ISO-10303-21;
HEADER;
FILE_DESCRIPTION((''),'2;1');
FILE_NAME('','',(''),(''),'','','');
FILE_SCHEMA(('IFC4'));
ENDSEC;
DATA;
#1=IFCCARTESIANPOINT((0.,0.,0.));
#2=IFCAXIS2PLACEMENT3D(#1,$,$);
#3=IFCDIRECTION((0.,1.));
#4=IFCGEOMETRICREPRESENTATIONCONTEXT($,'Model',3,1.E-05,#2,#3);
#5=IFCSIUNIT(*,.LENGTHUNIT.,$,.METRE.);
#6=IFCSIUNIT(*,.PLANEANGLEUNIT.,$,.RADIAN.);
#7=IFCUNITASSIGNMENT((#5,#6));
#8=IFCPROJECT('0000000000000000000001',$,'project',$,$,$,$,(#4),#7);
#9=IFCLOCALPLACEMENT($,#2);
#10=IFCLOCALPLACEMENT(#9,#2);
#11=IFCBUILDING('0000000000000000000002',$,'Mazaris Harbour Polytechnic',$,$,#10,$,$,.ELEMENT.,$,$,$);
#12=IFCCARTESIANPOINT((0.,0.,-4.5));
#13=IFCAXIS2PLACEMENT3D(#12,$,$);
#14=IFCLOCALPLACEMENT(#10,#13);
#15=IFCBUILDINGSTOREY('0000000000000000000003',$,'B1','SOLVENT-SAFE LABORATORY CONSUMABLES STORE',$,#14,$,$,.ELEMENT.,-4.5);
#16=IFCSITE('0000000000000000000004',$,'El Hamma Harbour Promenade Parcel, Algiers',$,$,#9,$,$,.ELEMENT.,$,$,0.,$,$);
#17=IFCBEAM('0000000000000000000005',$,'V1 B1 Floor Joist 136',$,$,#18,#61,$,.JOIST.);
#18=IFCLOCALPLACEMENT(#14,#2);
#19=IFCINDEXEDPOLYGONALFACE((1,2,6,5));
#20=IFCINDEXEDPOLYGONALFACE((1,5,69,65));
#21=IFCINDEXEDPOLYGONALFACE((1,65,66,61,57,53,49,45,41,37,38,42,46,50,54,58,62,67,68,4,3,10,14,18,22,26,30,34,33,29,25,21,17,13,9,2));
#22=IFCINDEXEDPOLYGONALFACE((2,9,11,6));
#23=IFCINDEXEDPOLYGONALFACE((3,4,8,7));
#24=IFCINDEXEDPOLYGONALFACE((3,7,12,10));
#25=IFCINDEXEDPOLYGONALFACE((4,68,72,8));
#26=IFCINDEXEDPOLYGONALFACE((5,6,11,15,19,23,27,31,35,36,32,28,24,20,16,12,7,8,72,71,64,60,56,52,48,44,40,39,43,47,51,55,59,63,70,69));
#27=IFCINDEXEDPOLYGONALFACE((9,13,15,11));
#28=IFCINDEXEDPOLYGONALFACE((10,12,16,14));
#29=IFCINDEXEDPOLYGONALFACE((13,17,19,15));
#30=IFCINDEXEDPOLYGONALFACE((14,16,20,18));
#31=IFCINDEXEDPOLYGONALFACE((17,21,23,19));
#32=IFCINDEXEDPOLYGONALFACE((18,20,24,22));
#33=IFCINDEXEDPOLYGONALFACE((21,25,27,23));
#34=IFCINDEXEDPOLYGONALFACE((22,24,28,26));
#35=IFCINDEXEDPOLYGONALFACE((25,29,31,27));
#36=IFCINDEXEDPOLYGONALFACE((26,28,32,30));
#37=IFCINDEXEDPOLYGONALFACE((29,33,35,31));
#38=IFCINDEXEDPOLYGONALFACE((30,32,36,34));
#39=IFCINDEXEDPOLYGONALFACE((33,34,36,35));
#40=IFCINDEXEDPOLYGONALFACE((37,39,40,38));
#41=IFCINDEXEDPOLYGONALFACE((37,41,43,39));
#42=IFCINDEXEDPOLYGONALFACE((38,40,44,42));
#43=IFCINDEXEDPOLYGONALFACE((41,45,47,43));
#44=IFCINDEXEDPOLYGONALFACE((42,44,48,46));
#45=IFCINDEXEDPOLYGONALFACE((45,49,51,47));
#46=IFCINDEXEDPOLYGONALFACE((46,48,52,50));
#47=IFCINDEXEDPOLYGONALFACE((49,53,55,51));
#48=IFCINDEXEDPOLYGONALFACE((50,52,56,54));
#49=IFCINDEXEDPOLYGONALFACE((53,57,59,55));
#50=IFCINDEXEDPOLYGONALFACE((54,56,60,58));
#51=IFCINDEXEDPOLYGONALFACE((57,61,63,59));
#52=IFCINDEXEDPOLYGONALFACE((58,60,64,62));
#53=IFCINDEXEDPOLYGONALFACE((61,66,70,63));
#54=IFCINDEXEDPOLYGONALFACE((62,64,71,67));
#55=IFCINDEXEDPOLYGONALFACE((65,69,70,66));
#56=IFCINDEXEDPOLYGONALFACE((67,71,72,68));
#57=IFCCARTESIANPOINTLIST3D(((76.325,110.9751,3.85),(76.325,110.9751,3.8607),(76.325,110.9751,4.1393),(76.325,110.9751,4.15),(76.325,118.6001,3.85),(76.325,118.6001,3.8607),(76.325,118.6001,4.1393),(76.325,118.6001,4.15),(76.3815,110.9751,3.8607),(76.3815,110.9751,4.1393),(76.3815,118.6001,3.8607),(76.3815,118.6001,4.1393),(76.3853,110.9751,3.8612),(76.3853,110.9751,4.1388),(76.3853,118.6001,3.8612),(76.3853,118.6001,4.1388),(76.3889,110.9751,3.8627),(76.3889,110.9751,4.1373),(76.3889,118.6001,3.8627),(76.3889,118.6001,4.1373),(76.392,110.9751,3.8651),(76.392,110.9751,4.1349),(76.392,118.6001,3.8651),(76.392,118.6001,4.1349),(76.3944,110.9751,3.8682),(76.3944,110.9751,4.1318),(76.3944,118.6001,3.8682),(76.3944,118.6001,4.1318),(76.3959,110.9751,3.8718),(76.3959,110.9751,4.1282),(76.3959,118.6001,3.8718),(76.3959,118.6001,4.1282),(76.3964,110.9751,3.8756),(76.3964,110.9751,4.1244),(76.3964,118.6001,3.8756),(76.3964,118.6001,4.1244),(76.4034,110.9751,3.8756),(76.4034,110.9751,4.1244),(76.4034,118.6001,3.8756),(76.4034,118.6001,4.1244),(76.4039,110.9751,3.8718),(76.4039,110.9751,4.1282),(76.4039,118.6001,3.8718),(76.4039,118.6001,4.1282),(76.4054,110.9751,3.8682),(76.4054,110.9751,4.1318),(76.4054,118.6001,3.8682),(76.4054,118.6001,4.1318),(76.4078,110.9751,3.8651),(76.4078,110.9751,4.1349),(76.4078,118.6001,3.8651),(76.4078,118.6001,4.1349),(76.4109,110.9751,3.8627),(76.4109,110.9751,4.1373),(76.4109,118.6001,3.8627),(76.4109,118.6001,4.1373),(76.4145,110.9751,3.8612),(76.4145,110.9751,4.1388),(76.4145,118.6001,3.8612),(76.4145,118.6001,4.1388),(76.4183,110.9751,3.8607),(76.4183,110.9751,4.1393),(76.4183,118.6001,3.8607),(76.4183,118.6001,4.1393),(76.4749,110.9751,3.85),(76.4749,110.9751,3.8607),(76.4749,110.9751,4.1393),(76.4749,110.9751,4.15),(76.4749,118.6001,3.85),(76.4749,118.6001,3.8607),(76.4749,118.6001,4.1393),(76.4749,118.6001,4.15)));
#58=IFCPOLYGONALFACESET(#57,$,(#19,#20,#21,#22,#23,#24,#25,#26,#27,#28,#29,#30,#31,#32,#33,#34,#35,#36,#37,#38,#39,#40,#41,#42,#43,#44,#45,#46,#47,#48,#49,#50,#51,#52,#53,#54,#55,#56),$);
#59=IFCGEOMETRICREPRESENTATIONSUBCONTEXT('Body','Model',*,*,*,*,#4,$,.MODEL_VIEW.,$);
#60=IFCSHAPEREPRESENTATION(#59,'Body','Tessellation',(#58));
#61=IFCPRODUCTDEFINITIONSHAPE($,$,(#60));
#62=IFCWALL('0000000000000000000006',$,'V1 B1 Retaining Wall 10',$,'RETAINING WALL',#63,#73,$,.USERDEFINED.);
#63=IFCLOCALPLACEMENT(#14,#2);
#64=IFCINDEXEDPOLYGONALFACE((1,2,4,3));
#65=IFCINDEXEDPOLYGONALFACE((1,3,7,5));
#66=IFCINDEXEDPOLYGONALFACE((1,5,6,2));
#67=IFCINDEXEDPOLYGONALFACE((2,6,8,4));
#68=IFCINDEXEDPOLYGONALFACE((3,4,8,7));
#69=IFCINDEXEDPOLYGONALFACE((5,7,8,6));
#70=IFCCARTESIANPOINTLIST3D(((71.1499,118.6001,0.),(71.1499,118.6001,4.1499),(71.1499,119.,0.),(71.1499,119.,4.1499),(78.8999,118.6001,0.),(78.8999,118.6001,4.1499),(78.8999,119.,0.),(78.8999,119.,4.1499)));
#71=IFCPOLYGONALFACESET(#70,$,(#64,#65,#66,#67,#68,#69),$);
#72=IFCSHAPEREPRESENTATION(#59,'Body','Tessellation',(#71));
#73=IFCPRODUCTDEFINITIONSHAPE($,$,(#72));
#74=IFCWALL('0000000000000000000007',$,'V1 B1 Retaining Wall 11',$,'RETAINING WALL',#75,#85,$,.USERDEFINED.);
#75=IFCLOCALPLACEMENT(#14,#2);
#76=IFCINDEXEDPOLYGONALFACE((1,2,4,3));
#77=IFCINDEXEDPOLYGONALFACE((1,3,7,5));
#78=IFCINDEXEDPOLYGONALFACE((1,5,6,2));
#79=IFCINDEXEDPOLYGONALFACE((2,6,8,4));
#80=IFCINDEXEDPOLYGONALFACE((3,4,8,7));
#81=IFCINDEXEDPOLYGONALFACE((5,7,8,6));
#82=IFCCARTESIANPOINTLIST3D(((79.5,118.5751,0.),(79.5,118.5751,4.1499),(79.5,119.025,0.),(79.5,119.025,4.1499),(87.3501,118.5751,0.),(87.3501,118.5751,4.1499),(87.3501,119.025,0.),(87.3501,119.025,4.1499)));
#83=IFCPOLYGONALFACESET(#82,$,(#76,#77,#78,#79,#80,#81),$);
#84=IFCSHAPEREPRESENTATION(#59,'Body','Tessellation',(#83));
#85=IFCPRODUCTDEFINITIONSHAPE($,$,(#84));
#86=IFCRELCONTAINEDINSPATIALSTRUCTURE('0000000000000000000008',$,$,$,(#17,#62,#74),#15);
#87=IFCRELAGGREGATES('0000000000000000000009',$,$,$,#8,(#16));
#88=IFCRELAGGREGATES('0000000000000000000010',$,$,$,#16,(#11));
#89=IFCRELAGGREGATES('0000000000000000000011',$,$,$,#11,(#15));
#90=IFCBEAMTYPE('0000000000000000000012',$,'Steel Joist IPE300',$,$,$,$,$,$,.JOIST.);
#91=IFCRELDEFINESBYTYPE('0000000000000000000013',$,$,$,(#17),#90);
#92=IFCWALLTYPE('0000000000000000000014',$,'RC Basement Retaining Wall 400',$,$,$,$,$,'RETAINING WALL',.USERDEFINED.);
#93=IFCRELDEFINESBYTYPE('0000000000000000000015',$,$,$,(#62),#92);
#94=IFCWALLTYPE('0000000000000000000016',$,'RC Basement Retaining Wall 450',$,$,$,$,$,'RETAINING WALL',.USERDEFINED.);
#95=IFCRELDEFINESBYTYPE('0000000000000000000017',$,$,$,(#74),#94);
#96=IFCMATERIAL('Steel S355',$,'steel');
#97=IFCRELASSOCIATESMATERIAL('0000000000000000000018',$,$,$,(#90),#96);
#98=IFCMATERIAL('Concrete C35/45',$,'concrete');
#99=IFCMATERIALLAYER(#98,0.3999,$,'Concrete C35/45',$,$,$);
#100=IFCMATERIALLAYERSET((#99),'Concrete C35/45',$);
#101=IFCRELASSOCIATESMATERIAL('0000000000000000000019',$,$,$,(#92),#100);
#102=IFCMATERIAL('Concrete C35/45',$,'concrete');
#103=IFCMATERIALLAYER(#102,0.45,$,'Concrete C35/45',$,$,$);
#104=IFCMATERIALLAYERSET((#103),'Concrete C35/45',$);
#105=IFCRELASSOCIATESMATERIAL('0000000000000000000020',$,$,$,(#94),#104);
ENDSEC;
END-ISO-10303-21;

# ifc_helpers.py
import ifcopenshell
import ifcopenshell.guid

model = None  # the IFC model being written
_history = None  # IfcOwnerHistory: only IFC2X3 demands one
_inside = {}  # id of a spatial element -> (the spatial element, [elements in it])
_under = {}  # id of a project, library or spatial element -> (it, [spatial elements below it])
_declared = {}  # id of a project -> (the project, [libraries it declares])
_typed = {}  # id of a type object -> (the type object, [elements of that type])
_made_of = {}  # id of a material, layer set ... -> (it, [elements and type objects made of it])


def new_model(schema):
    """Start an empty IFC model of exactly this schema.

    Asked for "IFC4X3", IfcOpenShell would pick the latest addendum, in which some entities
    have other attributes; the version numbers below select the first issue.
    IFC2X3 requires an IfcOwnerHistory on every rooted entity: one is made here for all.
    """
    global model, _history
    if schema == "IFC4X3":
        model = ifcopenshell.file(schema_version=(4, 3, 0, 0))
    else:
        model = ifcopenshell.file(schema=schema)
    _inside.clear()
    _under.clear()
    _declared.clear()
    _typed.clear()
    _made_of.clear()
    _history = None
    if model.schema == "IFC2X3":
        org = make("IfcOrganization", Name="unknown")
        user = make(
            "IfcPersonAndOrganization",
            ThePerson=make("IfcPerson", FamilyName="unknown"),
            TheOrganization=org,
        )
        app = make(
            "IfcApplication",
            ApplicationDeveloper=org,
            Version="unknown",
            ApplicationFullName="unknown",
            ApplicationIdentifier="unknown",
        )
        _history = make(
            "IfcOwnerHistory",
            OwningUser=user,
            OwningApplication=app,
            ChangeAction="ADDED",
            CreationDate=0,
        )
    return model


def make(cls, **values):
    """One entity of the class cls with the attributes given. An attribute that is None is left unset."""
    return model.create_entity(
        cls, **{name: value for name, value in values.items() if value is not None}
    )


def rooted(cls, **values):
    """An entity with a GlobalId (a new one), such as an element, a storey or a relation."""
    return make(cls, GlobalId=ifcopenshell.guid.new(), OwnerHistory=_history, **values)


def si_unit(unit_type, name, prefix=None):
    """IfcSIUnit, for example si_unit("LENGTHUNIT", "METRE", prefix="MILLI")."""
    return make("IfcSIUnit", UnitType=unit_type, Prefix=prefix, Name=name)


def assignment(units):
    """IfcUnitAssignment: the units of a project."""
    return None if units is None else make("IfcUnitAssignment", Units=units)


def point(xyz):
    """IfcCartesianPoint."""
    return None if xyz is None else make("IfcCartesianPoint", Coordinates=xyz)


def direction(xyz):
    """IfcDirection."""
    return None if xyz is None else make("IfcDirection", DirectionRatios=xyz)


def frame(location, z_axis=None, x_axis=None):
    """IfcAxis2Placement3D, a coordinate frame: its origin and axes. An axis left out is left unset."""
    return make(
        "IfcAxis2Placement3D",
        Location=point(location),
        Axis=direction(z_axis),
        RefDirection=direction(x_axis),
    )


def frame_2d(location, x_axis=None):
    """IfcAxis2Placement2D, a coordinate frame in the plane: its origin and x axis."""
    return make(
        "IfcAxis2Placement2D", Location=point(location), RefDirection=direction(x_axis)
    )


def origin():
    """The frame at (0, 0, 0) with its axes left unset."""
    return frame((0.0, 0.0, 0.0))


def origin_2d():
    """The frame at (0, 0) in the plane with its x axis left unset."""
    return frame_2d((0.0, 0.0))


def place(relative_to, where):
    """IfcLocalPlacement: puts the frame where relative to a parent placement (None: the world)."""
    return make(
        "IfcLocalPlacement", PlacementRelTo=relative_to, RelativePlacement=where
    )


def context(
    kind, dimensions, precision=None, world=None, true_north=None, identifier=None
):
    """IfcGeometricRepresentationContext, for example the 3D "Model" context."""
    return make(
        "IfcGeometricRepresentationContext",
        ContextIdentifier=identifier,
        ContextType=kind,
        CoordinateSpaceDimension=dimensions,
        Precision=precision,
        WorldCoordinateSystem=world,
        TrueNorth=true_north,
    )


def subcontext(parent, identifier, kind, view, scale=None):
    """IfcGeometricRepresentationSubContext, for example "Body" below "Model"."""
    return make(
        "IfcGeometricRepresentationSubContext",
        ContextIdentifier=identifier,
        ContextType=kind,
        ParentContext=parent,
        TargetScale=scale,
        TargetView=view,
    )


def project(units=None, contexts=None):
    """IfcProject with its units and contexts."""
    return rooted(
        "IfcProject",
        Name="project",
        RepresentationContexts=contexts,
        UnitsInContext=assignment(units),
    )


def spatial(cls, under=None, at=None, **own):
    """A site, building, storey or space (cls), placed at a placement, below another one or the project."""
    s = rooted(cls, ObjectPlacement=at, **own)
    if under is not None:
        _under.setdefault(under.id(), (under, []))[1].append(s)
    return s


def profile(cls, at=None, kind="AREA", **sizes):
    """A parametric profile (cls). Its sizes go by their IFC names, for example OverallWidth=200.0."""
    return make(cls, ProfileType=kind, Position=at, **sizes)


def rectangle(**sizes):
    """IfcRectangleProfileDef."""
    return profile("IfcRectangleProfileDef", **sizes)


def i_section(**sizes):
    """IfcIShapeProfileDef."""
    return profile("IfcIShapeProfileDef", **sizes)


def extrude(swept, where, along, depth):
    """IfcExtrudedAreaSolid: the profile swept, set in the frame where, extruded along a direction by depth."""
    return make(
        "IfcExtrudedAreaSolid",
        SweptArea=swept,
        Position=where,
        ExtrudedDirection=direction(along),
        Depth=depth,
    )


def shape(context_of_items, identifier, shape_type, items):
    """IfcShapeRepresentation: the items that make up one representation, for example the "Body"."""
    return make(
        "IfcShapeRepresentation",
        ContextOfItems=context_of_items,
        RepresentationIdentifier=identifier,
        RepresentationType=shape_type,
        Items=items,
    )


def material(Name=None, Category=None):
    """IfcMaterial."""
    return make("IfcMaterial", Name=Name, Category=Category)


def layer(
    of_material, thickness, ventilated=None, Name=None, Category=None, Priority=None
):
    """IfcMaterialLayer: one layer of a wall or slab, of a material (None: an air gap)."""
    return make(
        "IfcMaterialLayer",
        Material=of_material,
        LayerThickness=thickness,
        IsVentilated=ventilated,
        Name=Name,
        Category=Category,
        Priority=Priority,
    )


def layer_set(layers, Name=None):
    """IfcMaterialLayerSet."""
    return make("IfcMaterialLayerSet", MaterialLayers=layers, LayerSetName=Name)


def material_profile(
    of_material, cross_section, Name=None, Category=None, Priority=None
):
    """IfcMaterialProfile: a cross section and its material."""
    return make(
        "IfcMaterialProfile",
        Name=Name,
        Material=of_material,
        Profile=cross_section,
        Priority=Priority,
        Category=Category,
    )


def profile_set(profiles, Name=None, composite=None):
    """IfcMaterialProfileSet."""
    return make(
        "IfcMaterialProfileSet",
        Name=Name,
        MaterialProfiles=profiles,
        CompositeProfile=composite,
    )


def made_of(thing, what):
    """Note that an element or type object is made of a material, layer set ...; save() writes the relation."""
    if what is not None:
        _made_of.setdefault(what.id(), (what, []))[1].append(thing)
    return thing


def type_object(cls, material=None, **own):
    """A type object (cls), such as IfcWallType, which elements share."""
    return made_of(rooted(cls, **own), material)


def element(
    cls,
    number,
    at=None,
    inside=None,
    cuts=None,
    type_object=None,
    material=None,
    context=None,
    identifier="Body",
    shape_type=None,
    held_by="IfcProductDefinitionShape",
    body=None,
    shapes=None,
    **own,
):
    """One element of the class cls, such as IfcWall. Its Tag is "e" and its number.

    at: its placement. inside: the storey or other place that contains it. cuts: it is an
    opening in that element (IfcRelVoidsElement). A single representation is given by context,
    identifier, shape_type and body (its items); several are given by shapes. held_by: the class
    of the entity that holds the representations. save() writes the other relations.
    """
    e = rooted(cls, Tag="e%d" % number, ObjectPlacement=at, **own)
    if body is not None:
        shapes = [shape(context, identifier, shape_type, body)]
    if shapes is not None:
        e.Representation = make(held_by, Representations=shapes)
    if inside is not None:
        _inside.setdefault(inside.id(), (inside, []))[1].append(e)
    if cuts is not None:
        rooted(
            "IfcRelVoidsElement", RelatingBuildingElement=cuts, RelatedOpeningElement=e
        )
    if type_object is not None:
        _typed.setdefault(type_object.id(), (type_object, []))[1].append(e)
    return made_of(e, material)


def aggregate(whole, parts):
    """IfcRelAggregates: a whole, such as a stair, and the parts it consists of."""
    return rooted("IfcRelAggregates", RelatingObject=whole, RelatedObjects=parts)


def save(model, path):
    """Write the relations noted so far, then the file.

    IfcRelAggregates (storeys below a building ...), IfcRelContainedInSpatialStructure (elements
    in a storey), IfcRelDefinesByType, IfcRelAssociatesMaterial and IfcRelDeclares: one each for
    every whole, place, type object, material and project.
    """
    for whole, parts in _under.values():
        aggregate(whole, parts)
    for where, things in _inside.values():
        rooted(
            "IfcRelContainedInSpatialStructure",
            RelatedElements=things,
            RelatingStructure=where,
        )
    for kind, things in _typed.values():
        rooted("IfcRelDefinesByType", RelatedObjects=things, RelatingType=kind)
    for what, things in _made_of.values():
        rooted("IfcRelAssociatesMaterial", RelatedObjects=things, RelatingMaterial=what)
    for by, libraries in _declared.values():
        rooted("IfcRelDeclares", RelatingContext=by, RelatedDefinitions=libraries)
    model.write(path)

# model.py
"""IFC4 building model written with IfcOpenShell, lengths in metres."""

from ifc_helpers import new_model, si_unit, direction, frame, frame_2d, origin, origin_2d, place, context, subcontext, project, spatial, rectangle, i_section, extrude, material, layer, layer_set, material_profile, profile_set, type_object, element, save


model = new_model("IFC4")

# Units and contexts
model_context = context("Model", 3, precision=1e-05, world=origin(), true_north=direction((0.0, 1.0)))
body_context = subcontext(model_context, "Body", "Model", "MODEL_VIEW")
ifc_project = project(units=[si_unit("LENGTHUNIT", "METRE"), si_unit("PLANEANGLEUNIT", "RADIAN")], contexts=[model_context])

# Site, building, storey
site_placement = place(None, origin())
site = spatial("IfcSite", under=ifc_project, at=site_placement, Name="El Hamma Harbour Promenade Parcel, Algiers", CompositionType="ELEMENT", RefElevation=0.0)
building_placement = place(site_placement, origin())
building = spatial("IfcBuilding", under=site, at=building_placement, Name="Mazaris Harbour Polytechnic", CompositionType="ELEMENT")
storey_placement = place(building_placement, frame((0.0, 0.0, -4.5)))
storey = spatial("IfcBuildingStorey", under=building, at=storey_placement, Name="B1", Description="SOLVENT-SAFE LABORATORY CONSUMABLES STORE", CompositionType="ELEMENT", Elevation=-4.5)

# Beam
ifc_material_1 = material(Name="Steel S355", Category="steel")
ifc_material_profile_1 = material_profile(ifc_material_1, i_section(OverallWidth=0.1499, OverallDepth=0.3, WebThickness=0.0071, FlangeThickness=0.0107, FilletRadius=0.0149, at=origin_2d()), Name="IPE 300")
ifc_profile_set_1 = profile_set([ifc_material_profile_1], Name="Steel S355")
beam_type_1 = type_object("IfcBeamType", Name="Steel Joist IPE300", PredefinedType="JOIST", material=ifc_profile_set_1)
beam_1_placement = place(storey_placement, frame((76.3999, 110.9751, 4.0), z_axis=(0.0, 1.0, 0.0), x_axis=(-1.0, 0.0, 0.0)))
element("IfcBeam", 1, at=beam_1_placement, inside=storey, type_object=beam_type_1, Name="V1 B1 Floor Joist 136", PredefinedType="JOIST", context=body_context, shape_type="SweptSolid", body=[
    extrude(i_section(OverallWidth=0.1499, OverallDepth=0.3, WebThickness=0.0071, FlangeThickness=0.0107, FilletRadius=0.0149, at=origin_2d()), origin(), (0.0, 0.0, 1.0), 7.625),
])

# Walls
ifc_material_2 = material(Name="Concrete C35/45", Category="concrete")
ifc_layer_1 = layer(ifc_material_2, 0.3999, Name="Concrete C35/45")
ifc_layer_set_1 = layer_set([ifc_layer_1], Name="Concrete C35/45")
wall_type_1 = type_object("IfcWallType", Name="RC Basement Retaining Wall 400", ElementType="RETAINING WALL", PredefinedType="USERDEFINED", material=ifc_layer_set_1)
wall_1_placement = place(storey_placement, frame((71.1499, 118.8, 0.0), z_axis=(0.0, 0.0, 1.0), x_axis=(1.0, 0.0, 0.0)))
element("IfcWall", 2, at=wall_1_placement, inside=storey, type_object=wall_type_1, Name="V1 B1 Retaining Wall 10", ObjectType="RETAINING WALL", PredefinedType="USERDEFINED", context=body_context, shape_type="SweptSolid", body=[
    extrude(rectangle(XDim=7.75, YDim=0.3999, at=frame_2d((3.875, 0.0))), origin(), (0.0, 0.0, 1.0), 4.1499),
])
ifc_material_3 = material(Name="Concrete C35/45", Category="concrete")
ifc_layer_2 = layer(ifc_material_3, 0.45, Name="Concrete C35/45")
ifc_layer_set_2 = layer_set([ifc_layer_2], Name="Concrete C35/45")
wall_type_2 = type_object("IfcWallType", Name="RC Basement Retaining Wall 450", ElementType="RETAINING WALL", PredefinedType="USERDEFINED", material=ifc_layer_set_2)
wall_2_placement = place(storey_placement, frame((79.5, 118.8, 0.0), z_axis=(0.0, 0.0, 1.0), x_axis=(1.0, 0.0, 0.0)))
element("IfcWall", 3, at=wall_2_placement, inside=storey, type_object=wall_type_2, Name="V1 B1 Retaining Wall 11", ObjectType="RETAINING WALL", PredefinedType="USERDEFINED", context=body_context, shape_type="SweptSolid", body=[
    extrude(rectangle(XDim=7.8501, YDim=0.45, at=frame_2d((3.925, 0.0))), origin(), (0.0, 0.0, 1.0), 4.1499),
])

save(model, "model.ifc")
